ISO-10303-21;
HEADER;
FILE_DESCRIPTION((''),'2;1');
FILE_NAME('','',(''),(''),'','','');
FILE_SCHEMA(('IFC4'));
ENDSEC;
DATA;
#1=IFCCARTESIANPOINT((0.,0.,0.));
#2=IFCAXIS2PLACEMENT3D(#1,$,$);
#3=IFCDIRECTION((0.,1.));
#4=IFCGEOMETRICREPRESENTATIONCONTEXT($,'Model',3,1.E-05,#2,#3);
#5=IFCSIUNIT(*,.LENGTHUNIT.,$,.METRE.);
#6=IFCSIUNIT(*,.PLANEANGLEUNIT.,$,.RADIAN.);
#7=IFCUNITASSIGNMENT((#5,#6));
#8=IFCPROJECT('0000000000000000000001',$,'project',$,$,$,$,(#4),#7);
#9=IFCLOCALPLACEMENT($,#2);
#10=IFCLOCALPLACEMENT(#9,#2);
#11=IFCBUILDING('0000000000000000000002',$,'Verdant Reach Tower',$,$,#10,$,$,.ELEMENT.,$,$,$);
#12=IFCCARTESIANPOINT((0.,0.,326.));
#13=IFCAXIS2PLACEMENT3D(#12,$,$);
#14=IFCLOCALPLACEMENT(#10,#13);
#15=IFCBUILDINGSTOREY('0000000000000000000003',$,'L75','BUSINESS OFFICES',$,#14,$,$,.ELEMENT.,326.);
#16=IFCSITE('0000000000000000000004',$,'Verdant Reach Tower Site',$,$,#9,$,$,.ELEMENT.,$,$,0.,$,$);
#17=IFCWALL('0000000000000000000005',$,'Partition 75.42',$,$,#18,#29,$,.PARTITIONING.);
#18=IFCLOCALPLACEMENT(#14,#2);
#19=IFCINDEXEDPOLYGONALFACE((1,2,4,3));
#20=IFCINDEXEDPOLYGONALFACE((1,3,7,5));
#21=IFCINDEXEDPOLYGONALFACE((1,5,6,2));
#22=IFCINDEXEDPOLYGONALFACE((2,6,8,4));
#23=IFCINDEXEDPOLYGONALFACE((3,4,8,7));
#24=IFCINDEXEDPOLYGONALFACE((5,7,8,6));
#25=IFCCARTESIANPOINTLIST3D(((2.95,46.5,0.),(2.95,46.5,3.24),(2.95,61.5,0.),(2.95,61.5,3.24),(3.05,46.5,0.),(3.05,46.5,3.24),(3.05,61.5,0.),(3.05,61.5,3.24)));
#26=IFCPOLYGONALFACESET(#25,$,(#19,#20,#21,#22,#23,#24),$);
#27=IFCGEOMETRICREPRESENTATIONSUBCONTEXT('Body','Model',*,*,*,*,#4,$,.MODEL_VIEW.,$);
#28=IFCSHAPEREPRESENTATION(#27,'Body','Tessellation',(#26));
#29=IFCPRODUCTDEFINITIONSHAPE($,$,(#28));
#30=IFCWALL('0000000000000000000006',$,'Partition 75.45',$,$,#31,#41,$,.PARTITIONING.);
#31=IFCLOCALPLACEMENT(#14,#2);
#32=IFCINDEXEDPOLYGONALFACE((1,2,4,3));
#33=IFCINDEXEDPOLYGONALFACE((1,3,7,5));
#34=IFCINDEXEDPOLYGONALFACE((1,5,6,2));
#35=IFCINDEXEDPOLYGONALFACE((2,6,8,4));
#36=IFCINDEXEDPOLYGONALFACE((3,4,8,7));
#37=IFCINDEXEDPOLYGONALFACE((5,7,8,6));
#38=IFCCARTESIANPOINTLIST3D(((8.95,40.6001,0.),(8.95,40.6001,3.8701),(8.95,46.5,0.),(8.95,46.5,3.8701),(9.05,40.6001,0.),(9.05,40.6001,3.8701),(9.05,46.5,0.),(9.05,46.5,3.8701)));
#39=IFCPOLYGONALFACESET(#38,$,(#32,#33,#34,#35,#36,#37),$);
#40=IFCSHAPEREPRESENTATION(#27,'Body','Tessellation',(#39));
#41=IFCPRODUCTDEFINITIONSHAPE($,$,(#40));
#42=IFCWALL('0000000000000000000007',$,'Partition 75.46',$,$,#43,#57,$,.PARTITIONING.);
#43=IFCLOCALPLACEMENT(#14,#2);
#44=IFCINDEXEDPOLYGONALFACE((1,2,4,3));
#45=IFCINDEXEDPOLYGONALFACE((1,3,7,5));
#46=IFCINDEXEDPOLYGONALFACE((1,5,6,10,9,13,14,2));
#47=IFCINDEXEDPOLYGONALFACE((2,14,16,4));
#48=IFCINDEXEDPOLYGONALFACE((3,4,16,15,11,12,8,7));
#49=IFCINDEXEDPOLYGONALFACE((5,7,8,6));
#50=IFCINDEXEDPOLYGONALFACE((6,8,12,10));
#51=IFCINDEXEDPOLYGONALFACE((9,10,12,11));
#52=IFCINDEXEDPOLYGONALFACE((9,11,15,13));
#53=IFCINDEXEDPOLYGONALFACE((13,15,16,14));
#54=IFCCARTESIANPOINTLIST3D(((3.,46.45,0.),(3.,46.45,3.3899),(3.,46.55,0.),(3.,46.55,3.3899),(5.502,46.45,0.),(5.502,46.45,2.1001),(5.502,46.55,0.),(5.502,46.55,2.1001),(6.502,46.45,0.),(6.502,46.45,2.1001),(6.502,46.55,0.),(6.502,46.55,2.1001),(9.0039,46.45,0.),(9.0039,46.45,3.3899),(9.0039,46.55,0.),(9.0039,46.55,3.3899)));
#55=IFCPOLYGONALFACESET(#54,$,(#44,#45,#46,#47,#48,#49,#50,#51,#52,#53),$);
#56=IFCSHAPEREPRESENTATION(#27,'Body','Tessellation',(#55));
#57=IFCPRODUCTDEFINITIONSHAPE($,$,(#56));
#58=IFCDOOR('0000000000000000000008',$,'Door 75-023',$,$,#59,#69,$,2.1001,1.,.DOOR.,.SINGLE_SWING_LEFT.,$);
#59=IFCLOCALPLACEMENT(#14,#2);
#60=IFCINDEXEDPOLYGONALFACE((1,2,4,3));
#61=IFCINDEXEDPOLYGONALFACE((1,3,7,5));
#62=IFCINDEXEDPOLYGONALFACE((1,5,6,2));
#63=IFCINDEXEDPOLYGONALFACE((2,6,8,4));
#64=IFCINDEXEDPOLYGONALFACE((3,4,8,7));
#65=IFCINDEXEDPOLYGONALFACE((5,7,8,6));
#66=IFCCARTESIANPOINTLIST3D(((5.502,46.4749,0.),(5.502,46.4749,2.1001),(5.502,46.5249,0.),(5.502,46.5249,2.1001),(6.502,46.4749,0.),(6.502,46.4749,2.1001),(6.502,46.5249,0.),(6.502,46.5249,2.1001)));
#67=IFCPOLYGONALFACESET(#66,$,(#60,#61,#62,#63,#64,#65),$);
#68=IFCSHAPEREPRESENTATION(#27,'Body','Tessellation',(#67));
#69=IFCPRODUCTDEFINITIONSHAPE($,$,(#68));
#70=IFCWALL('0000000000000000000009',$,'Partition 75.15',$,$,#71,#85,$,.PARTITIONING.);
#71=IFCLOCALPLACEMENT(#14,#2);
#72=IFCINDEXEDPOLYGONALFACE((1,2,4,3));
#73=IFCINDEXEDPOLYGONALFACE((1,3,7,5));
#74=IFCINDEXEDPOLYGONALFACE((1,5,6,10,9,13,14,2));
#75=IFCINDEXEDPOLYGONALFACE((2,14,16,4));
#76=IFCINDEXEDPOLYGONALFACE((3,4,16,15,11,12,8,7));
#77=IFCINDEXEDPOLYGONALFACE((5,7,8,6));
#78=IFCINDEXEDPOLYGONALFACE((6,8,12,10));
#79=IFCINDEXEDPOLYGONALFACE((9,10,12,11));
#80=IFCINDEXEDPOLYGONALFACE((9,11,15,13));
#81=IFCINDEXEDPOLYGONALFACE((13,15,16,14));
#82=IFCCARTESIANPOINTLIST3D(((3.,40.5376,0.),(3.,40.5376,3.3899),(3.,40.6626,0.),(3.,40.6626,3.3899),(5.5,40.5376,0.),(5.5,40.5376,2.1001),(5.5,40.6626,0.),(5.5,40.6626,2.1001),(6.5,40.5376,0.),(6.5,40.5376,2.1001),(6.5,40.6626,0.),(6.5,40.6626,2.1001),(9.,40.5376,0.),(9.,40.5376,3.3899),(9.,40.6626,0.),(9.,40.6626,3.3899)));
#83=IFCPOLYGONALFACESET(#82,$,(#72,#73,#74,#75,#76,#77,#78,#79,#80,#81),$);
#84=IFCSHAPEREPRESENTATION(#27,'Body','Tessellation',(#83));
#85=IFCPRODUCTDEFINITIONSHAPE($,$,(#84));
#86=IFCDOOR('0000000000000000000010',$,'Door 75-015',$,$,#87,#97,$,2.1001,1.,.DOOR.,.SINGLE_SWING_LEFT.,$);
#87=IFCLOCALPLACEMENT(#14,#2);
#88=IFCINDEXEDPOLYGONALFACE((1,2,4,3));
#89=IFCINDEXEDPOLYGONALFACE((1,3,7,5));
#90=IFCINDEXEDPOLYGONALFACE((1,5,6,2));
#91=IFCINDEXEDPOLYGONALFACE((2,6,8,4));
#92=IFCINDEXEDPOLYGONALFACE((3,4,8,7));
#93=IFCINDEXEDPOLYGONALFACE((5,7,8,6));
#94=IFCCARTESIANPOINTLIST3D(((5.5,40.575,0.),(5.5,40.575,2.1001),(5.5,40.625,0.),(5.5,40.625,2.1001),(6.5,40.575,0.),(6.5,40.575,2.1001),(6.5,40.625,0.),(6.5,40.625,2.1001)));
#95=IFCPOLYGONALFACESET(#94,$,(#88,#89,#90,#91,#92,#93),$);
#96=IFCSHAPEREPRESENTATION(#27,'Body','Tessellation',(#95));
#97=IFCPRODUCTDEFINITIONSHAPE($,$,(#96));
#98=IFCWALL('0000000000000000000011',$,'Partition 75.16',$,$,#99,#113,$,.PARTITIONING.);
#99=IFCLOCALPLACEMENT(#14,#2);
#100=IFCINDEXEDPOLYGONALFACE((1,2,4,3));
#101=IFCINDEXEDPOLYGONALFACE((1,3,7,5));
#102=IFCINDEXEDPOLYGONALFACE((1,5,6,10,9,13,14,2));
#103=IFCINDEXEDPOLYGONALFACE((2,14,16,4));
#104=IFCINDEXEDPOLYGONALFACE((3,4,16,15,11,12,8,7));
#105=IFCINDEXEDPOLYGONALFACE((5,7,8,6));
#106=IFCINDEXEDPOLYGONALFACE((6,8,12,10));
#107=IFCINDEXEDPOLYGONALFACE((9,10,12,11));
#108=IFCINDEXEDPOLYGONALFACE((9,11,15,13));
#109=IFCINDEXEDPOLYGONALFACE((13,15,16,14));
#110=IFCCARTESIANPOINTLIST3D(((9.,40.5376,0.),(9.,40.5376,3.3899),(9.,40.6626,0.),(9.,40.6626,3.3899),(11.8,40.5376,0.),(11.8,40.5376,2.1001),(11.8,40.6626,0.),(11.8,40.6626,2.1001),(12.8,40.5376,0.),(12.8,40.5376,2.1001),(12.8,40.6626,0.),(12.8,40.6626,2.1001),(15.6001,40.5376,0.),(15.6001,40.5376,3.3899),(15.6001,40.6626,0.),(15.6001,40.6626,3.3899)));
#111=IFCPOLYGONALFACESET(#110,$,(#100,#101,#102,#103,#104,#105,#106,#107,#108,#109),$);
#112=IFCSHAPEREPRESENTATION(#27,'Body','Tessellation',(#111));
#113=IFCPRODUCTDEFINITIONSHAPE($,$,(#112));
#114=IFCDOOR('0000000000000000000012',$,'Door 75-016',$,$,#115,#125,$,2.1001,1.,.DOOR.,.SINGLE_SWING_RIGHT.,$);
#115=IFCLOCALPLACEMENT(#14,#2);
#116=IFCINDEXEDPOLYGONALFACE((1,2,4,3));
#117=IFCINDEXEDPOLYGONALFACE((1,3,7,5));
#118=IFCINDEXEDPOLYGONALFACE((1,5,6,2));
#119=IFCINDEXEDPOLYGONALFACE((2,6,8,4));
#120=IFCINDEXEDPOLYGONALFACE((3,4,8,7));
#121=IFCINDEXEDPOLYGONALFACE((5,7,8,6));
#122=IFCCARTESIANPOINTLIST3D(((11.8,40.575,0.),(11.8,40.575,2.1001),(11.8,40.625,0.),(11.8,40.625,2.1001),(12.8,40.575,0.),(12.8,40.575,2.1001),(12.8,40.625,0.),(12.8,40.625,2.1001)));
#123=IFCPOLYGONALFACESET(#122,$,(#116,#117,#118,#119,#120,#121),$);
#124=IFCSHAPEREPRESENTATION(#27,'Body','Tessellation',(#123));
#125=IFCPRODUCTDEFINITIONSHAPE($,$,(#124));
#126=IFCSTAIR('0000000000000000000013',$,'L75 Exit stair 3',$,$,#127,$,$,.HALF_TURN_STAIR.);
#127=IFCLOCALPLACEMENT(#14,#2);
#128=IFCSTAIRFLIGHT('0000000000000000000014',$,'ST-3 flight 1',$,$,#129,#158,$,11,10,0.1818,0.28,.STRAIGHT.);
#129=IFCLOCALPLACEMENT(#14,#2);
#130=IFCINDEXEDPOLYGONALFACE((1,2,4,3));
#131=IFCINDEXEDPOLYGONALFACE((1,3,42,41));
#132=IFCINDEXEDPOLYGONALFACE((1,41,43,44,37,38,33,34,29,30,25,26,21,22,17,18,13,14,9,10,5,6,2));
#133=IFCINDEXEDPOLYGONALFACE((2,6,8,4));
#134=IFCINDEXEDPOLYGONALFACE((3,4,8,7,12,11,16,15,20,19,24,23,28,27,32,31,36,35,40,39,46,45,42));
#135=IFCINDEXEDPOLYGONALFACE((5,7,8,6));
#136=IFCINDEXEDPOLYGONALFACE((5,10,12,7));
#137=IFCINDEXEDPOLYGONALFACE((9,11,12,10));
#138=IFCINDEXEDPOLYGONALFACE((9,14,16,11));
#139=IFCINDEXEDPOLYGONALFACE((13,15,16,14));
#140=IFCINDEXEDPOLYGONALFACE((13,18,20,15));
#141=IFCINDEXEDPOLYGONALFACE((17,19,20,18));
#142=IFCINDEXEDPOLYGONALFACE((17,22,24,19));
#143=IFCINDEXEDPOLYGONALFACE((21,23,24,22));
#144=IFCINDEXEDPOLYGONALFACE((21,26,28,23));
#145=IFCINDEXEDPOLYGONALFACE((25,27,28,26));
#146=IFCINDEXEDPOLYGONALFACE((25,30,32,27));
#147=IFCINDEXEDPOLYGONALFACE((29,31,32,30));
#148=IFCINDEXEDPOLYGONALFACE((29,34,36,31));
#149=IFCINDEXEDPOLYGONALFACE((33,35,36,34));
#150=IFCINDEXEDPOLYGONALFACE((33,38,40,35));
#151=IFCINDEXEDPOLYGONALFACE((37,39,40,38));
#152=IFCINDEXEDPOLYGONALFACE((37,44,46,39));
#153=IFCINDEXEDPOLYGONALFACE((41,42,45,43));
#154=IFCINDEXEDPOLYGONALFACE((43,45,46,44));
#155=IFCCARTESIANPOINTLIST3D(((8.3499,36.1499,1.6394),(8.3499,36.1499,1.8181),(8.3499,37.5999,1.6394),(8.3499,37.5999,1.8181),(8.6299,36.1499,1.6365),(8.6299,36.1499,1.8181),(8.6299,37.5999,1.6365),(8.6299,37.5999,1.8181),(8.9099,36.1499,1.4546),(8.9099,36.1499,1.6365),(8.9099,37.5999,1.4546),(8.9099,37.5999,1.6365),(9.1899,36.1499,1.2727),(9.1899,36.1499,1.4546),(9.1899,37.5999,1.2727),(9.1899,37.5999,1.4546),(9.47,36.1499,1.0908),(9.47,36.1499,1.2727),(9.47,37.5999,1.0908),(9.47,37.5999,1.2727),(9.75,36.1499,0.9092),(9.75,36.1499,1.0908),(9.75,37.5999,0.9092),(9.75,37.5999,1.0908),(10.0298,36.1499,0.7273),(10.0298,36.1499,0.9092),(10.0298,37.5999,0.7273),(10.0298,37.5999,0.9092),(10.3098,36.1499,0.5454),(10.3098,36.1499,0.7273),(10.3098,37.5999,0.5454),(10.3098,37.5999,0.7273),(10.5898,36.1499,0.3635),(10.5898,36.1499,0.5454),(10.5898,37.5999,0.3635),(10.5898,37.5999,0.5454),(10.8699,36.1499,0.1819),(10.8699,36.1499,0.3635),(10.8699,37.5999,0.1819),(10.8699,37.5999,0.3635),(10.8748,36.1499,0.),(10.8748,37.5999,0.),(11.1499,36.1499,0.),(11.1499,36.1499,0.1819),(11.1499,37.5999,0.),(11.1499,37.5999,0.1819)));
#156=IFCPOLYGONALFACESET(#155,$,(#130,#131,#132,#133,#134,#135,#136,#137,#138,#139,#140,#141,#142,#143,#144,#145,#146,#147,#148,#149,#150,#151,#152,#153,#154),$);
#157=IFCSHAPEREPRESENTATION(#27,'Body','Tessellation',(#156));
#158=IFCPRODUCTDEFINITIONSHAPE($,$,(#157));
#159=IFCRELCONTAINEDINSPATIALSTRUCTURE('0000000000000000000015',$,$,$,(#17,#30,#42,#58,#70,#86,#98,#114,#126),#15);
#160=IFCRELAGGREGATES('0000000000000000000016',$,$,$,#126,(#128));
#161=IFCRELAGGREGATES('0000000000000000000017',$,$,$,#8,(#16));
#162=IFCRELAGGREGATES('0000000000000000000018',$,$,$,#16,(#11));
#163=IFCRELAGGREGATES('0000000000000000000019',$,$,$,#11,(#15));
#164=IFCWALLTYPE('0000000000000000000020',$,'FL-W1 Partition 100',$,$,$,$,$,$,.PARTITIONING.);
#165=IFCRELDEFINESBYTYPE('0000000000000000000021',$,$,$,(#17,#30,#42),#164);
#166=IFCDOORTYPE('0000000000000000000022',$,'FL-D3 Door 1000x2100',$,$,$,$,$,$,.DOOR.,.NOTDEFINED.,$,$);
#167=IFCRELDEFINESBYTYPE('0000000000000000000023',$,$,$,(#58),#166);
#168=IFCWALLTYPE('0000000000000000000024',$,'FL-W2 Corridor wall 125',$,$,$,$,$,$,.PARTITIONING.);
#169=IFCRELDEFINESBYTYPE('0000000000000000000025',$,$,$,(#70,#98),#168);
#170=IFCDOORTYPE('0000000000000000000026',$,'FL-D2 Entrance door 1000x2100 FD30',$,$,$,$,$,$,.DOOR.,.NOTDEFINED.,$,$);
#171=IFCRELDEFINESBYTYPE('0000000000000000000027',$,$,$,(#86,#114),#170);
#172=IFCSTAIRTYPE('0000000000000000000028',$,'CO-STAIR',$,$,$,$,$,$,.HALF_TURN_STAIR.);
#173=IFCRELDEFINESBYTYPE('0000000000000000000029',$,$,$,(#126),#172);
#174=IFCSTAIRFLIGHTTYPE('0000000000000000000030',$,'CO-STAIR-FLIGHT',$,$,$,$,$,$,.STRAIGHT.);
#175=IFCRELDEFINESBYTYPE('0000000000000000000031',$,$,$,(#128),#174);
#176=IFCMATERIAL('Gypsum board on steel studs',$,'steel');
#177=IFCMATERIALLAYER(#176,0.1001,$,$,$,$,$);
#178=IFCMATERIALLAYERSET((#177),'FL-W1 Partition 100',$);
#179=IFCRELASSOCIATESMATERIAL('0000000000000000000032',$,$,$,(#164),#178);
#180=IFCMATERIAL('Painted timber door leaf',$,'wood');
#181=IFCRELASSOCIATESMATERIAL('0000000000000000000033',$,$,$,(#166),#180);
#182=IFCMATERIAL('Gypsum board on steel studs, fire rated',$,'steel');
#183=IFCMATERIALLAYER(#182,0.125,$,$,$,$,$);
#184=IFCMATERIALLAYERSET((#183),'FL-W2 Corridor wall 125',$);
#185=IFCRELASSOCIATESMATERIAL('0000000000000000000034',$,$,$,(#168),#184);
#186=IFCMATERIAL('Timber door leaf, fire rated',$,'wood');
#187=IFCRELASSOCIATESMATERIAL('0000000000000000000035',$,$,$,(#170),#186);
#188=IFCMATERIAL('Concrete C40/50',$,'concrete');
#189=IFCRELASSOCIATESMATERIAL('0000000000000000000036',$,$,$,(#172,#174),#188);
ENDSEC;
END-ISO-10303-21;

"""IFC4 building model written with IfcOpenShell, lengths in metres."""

from ifc_helpers import new_model, si_unit, direction, frame, frame_2d, origin, place, context, subcontext, project, spatial, polyline, rectangle, outline, extrude, material, layer, layer_set, type_object, element, fill, aggregate, save


model = new_model("IFC4")

# Units and contexts
model_context = context("Model", 3, precision=1e-05, world=origin(), true_north=direction((0.0, 1.0)))
body_context = subcontext(model_context, "Body", "Model", "MODEL_VIEW")
ifc_project = project(units=[si_unit("LENGTHUNIT", "METRE"), si_unit("PLANEANGLEUNIT", "RADIAN")], contexts=[model_context])

# Site, building, storey
site_placement = place(None, origin())
site = spatial("IfcSite", under=ifc_project, at=site_placement, Name="Verdant Reach Tower Site", CompositionType="ELEMENT", RefElevation=0.0)
building_placement = place(site_placement, origin())
building = spatial("IfcBuilding", under=site, at=building_placement, Name="Verdant Reach Tower", CompositionType="ELEMENT")
storey_placement = place(building_placement, frame((0.0, 0.0, 326.0)))
storey = spatial("IfcBuildingStorey", under=building, at=storey_placement, Name="L75", Description="BUSINESS OFFICES", CompositionType="ELEMENT", Elevation=326.0)

# Shared definitions
ifc_material_1 = material(Name="Concrete C40/50", Category="concrete")

# Walls
ifc_material_2 = material(Name="Gypsum board on steel studs", Category="steel")
ifc_layer_1 = layer(ifc_material_2, 0.1001)
ifc_layer_set_1 = layer_set([ifc_layer_1], Name="FL-W1 Partition 100")
wall_type_1 = type_object("IfcWallType", Name="FL-W1 Partition 100", PredefinedType="PARTITIONING", material=ifc_layer_set_1)
wall_1_placement = place(storey_placement, frame((3.0, 46.5, 0.0), z_axis=(0.0, 0.0, 1.0), x_axis=(0.0, 1.0, 0.0)))
element("IfcWall", 1, at=wall_1_placement, inside=storey, type_object=wall_type_1, Name="Partition 75.42", PredefinedType="PARTITIONING", context=body_context, shape_type="SweptSolid", body=[
    extrude(rectangle(XDim=15.0, YDim=0.1001, at=frame_2d((7.5, 0.0))), origin(), (0.0, 0.0, 1.0), 3.24),
])
wall_2_placement = place(storey_placement, frame((9.0, 40.6001, 0.0), z_axis=(0.0, 0.0, 1.0), x_axis=(0.0, 1.0, 0.0)))
element("IfcWall", 2, at=wall_2_placement, inside=storey, type_object=wall_type_1, Name="Partition 75.45", PredefinedType="PARTITIONING", context=body_context, shape_type="SweptSolid", body=[
    extrude(rectangle(XDim=5.8999, YDim=0.1001, at=frame_2d((2.95, 0.0))), origin(), (0.0, 0.0, 1.0), 3.8701),
])

# Walls, openings, doors
wall_3_placement = place(storey_placement, frame((3.0, 46.5, 0.0), z_axis=(0.0, 0.0, 1.0), x_axis=(1.0, 0.0, 0.0)))
wall_3 = element("IfcWall", 3, at=wall_3_placement, inside=storey, type_object=wall_type_1, Name="Partition 75.46", PredefinedType="PARTITIONING", context=body_context, shape_type="SweptSolid", body=[
    extrude(rectangle(XDim=6.0039, YDim=0.1001, at=frame_2d((3.002, 0.0))), origin(), (0.0, 0.0, 1.0), 3.3899),
])
opening_1_placement = place(wall_3_placement, frame((2.502, 0.0, 0.0)))
opening_1 = element("IfcOpeningElement", 4, at=opening_1_placement, cuts=wall_3, PredefinedType="OPENING", context=body_context, shape_type="SweptSolid", body=[
    extrude(rectangle(XDim=1.0, YDim=2.1001, at=frame_2d((0.5, 1.05))), frame((0.0, 0.0601, 0.0), z_axis=(0.0, -1.0, 0.0), x_axis=(1.0, 0.0, 0.0)), (0.0, 0.0, 1.0), 0.1201),
])
ifc_material_3 = material(Name="Painted timber door leaf", Category="wood")
door_type_1 = type_object("IfcDoorType", Name="FL-D3 Door 1000x2100", OperationType="NOTDEFINED", PredefinedType="DOOR", material=ifc_material_3)
door_1_placement = place(opening_1_placement, origin())
door_1 = element("IfcDoor", 5, at=door_1_placement, inside=storey, type_object=door_type_1, Name="Door 75-023", OperationType="SINGLE_SWING_LEFT", OverallHeight=2.1001, OverallWidth=1.0, PredefinedType="DOOR", context=body_context, shape_type="SweptSolid", body=[
    extrude(rectangle(XDim=1.0, YDim=2.1001, at=frame_2d((0.5, 1.05))), frame((0.0, 0.0249, 0.0), z_axis=(0.0, -1.0, 0.0), x_axis=(1.0, 0.0, 0.0)), (0.0, 0.0, 1.0), 0.05),
])
fill(opening_1, door_1)
ifc_material_4 = material(Name="Gypsum board on steel studs, fire rated", Category="steel")
ifc_layer_2 = layer(ifc_material_4, 0.125)
ifc_layer_set_2 = layer_set([ifc_layer_2], Name="FL-W2 Corridor wall 125")
wall_type_2 = type_object("IfcWallType", Name="FL-W2 Corridor wall 125", PredefinedType="PARTITIONING", material=ifc_layer_set_2)
wall_4_placement = place(storey_placement, frame((3.0, 40.6001, 0.0), z_axis=(0.0, 0.0, 1.0), x_axis=(1.0, 0.0, 0.0)))
wall_4 = element("IfcWall", 6, at=wall_4_placement, inside=storey, type_object=wall_type_2, Name="Partition 75.15", PredefinedType="PARTITIONING", context=body_context, shape_type="SweptSolid", body=[
    extrude(rectangle(XDim=6.0, YDim=0.125, at=frame_2d((3.0, 0.0))), origin(), (0.0, 0.0, 1.0), 3.3899),
])
opening_2_placement = place(wall_4_placement, frame((2.5, 0.0, 0.0)))
opening_2 = element("IfcOpeningElement", 7, at=opening_2_placement, cuts=wall_4, PredefinedType="OPENING", context=body_context, shape_type="SweptSolid", body=[
    extrude(rectangle(XDim=1.0, YDim=2.1001, at=frame_2d((0.5, 1.05))), frame((0.0, 0.0725, 0.0), z_axis=(0.0, -1.0, 0.0), x_axis=(1.0, 0.0, 0.0)), (0.0, 0.0, 1.0), 0.145),
])
ifc_material_5 = material(Name="Timber door leaf, fire rated", Category="wood")
door_type_2 = type_object("IfcDoorType", Name="FL-D2 Entrance door 1000x2100 FD30", OperationType="NOTDEFINED", PredefinedType="DOOR", material=ifc_material_5)
door_2_placement = place(opening_2_placement, origin())
door_2 = element("IfcDoor", 8, at=door_2_placement, inside=storey, type_object=door_type_2, Name="Door 75-015", OperationType="SINGLE_SWING_LEFT", OverallHeight=2.1001, OverallWidth=1.0, PredefinedType="DOOR", context=body_context, shape_type="SweptSolid", body=[
    extrude(rectangle(XDim=1.0, YDim=2.1001, at=frame_2d((0.5, 1.05))), frame((0.0, 0.0249, 0.0), z_axis=(0.0, -1.0, 0.0), x_axis=(1.0, 0.0, 0.0)), (0.0, 0.0, 1.0), 0.05),
])
fill(opening_2, door_2)
wall_5_placement = place(storey_placement, frame((9.0, 40.6001, 0.0), z_axis=(0.0, 0.0, 1.0), x_axis=(1.0, 0.0, 0.0)))
wall_5 = element("IfcWall", 9, at=wall_5_placement, inside=storey, type_object=wall_type_2, Name="Partition 75.16", PredefinedType="PARTITIONING", context=body_context, shape_type="SweptSolid", body=[
    extrude(rectangle(XDim=6.6001, YDim=0.125, at=frame_2d((3.3, 0.0))), origin(), (0.0, 0.0, 1.0), 3.3899),
])
opening_3_placement = place(wall_5_placement, frame((2.8, 0.0, 0.0)))
opening_3 = element("IfcOpeningElement", 10, at=opening_3_placement, cuts=wall_5, PredefinedType="OPENING", context=body_context, shape_type="SweptSolid", body=[
    extrude(rectangle(XDim=1.0, YDim=2.1001, at=frame_2d((0.5, 1.05))), frame((0.0, 0.0725, 0.0), z_axis=(0.0, -1.0, 0.0), x_axis=(1.0, 0.0, 0.0)), (0.0, 0.0, 1.0), 0.145),
])
door_3_placement = place(opening_3_placement, origin())
door_3 = element("IfcDoor", 11, at=door_3_placement, inside=storey, type_object=door_type_2, Name="Door 75-016", OperationType="SINGLE_SWING_RIGHT", OverallHeight=2.1001, OverallWidth=1.0, PredefinedType="DOOR", context=body_context, shape_type="SweptSolid", body=[
    extrude(rectangle(XDim=1.0, YDim=2.1001, at=frame_2d((0.5, 1.05))), frame((0.0, 0.0249, 0.0), z_axis=(0.0, -1.0, 0.0), x_axis=(1.0, 0.0, 0.0)), (0.0, 0.0, 1.0), 0.05),
])
fill(opening_3, door_3)

# Stair, stair flight
stair_type = type_object("IfcStairType", Name="CO-STAIR", PredefinedType="HALF_TURN_STAIR", material=ifc_material_1)
stair_placement = place(storey_placement, origin())
stair = element("IfcStair", 12, at=stair_placement, inside=storey, type_object=stair_type, Name="L75 Exit stair 3", PredefinedType="HALF_TURN_STAIR")
stair_flight_type = type_object("IfcStairFlightType", Name="CO-STAIR-FLIGHT", PredefinedType="STRAIGHT", material=ifc_material_1)
stair_flight_1_placement = place(storey_placement, frame((11.1499, 36.875, 0.0), z_axis=(0.0, 0.0, 1.0), x_axis=(-1.0, 0.0, 0.0)))
stair_flight_1 = element("IfcStairFlight", 13, at=stair_flight_1_placement, type_object=stair_flight_type, Name="ST-3 flight 1", NumberOfRisers=11, NumberOfTreads=10, PredefinedType="STRAIGHT", RiserHeight=0.1818, TreadLength=0.28, context=body_context, shape_type="SweptSolid", body=[
    extrude(outline(polyline([(0.0, 0.0), (0.0, 0.1819), (0.28, 0.1819), (0.28, 0.3635), (0.5601, 0.3635), (0.5601, 0.5454), (0.8401, 0.5454), (0.8401, 0.7273), (1.1201, 0.7273), (1.1201, 0.9092), (1.3999, 0.9092), (1.3999, 1.0908), (1.6799, 1.0908), (1.6799, 1.2727), (1.96, 1.2727), (1.96, 1.4546), (2.24, 1.4546), (2.24, 1.6365), (2.52, 1.6365), (2.52, 1.8181), (2.8, 1.8181), (2.8, 2.0), (2.8, 1.6394), (0.2751, 0.0), (0.0, 0.0)])), frame((0.0, 0.7251, 0.0), z_axis=(0.0, -1.0, 0.0), x_axis=(1.0, 0.0, 0.0)), (0.0, 0.0, 1.0), 1.45),
])
aggregate(stair, [stair_flight_1])

save(model, "model.ifc")
